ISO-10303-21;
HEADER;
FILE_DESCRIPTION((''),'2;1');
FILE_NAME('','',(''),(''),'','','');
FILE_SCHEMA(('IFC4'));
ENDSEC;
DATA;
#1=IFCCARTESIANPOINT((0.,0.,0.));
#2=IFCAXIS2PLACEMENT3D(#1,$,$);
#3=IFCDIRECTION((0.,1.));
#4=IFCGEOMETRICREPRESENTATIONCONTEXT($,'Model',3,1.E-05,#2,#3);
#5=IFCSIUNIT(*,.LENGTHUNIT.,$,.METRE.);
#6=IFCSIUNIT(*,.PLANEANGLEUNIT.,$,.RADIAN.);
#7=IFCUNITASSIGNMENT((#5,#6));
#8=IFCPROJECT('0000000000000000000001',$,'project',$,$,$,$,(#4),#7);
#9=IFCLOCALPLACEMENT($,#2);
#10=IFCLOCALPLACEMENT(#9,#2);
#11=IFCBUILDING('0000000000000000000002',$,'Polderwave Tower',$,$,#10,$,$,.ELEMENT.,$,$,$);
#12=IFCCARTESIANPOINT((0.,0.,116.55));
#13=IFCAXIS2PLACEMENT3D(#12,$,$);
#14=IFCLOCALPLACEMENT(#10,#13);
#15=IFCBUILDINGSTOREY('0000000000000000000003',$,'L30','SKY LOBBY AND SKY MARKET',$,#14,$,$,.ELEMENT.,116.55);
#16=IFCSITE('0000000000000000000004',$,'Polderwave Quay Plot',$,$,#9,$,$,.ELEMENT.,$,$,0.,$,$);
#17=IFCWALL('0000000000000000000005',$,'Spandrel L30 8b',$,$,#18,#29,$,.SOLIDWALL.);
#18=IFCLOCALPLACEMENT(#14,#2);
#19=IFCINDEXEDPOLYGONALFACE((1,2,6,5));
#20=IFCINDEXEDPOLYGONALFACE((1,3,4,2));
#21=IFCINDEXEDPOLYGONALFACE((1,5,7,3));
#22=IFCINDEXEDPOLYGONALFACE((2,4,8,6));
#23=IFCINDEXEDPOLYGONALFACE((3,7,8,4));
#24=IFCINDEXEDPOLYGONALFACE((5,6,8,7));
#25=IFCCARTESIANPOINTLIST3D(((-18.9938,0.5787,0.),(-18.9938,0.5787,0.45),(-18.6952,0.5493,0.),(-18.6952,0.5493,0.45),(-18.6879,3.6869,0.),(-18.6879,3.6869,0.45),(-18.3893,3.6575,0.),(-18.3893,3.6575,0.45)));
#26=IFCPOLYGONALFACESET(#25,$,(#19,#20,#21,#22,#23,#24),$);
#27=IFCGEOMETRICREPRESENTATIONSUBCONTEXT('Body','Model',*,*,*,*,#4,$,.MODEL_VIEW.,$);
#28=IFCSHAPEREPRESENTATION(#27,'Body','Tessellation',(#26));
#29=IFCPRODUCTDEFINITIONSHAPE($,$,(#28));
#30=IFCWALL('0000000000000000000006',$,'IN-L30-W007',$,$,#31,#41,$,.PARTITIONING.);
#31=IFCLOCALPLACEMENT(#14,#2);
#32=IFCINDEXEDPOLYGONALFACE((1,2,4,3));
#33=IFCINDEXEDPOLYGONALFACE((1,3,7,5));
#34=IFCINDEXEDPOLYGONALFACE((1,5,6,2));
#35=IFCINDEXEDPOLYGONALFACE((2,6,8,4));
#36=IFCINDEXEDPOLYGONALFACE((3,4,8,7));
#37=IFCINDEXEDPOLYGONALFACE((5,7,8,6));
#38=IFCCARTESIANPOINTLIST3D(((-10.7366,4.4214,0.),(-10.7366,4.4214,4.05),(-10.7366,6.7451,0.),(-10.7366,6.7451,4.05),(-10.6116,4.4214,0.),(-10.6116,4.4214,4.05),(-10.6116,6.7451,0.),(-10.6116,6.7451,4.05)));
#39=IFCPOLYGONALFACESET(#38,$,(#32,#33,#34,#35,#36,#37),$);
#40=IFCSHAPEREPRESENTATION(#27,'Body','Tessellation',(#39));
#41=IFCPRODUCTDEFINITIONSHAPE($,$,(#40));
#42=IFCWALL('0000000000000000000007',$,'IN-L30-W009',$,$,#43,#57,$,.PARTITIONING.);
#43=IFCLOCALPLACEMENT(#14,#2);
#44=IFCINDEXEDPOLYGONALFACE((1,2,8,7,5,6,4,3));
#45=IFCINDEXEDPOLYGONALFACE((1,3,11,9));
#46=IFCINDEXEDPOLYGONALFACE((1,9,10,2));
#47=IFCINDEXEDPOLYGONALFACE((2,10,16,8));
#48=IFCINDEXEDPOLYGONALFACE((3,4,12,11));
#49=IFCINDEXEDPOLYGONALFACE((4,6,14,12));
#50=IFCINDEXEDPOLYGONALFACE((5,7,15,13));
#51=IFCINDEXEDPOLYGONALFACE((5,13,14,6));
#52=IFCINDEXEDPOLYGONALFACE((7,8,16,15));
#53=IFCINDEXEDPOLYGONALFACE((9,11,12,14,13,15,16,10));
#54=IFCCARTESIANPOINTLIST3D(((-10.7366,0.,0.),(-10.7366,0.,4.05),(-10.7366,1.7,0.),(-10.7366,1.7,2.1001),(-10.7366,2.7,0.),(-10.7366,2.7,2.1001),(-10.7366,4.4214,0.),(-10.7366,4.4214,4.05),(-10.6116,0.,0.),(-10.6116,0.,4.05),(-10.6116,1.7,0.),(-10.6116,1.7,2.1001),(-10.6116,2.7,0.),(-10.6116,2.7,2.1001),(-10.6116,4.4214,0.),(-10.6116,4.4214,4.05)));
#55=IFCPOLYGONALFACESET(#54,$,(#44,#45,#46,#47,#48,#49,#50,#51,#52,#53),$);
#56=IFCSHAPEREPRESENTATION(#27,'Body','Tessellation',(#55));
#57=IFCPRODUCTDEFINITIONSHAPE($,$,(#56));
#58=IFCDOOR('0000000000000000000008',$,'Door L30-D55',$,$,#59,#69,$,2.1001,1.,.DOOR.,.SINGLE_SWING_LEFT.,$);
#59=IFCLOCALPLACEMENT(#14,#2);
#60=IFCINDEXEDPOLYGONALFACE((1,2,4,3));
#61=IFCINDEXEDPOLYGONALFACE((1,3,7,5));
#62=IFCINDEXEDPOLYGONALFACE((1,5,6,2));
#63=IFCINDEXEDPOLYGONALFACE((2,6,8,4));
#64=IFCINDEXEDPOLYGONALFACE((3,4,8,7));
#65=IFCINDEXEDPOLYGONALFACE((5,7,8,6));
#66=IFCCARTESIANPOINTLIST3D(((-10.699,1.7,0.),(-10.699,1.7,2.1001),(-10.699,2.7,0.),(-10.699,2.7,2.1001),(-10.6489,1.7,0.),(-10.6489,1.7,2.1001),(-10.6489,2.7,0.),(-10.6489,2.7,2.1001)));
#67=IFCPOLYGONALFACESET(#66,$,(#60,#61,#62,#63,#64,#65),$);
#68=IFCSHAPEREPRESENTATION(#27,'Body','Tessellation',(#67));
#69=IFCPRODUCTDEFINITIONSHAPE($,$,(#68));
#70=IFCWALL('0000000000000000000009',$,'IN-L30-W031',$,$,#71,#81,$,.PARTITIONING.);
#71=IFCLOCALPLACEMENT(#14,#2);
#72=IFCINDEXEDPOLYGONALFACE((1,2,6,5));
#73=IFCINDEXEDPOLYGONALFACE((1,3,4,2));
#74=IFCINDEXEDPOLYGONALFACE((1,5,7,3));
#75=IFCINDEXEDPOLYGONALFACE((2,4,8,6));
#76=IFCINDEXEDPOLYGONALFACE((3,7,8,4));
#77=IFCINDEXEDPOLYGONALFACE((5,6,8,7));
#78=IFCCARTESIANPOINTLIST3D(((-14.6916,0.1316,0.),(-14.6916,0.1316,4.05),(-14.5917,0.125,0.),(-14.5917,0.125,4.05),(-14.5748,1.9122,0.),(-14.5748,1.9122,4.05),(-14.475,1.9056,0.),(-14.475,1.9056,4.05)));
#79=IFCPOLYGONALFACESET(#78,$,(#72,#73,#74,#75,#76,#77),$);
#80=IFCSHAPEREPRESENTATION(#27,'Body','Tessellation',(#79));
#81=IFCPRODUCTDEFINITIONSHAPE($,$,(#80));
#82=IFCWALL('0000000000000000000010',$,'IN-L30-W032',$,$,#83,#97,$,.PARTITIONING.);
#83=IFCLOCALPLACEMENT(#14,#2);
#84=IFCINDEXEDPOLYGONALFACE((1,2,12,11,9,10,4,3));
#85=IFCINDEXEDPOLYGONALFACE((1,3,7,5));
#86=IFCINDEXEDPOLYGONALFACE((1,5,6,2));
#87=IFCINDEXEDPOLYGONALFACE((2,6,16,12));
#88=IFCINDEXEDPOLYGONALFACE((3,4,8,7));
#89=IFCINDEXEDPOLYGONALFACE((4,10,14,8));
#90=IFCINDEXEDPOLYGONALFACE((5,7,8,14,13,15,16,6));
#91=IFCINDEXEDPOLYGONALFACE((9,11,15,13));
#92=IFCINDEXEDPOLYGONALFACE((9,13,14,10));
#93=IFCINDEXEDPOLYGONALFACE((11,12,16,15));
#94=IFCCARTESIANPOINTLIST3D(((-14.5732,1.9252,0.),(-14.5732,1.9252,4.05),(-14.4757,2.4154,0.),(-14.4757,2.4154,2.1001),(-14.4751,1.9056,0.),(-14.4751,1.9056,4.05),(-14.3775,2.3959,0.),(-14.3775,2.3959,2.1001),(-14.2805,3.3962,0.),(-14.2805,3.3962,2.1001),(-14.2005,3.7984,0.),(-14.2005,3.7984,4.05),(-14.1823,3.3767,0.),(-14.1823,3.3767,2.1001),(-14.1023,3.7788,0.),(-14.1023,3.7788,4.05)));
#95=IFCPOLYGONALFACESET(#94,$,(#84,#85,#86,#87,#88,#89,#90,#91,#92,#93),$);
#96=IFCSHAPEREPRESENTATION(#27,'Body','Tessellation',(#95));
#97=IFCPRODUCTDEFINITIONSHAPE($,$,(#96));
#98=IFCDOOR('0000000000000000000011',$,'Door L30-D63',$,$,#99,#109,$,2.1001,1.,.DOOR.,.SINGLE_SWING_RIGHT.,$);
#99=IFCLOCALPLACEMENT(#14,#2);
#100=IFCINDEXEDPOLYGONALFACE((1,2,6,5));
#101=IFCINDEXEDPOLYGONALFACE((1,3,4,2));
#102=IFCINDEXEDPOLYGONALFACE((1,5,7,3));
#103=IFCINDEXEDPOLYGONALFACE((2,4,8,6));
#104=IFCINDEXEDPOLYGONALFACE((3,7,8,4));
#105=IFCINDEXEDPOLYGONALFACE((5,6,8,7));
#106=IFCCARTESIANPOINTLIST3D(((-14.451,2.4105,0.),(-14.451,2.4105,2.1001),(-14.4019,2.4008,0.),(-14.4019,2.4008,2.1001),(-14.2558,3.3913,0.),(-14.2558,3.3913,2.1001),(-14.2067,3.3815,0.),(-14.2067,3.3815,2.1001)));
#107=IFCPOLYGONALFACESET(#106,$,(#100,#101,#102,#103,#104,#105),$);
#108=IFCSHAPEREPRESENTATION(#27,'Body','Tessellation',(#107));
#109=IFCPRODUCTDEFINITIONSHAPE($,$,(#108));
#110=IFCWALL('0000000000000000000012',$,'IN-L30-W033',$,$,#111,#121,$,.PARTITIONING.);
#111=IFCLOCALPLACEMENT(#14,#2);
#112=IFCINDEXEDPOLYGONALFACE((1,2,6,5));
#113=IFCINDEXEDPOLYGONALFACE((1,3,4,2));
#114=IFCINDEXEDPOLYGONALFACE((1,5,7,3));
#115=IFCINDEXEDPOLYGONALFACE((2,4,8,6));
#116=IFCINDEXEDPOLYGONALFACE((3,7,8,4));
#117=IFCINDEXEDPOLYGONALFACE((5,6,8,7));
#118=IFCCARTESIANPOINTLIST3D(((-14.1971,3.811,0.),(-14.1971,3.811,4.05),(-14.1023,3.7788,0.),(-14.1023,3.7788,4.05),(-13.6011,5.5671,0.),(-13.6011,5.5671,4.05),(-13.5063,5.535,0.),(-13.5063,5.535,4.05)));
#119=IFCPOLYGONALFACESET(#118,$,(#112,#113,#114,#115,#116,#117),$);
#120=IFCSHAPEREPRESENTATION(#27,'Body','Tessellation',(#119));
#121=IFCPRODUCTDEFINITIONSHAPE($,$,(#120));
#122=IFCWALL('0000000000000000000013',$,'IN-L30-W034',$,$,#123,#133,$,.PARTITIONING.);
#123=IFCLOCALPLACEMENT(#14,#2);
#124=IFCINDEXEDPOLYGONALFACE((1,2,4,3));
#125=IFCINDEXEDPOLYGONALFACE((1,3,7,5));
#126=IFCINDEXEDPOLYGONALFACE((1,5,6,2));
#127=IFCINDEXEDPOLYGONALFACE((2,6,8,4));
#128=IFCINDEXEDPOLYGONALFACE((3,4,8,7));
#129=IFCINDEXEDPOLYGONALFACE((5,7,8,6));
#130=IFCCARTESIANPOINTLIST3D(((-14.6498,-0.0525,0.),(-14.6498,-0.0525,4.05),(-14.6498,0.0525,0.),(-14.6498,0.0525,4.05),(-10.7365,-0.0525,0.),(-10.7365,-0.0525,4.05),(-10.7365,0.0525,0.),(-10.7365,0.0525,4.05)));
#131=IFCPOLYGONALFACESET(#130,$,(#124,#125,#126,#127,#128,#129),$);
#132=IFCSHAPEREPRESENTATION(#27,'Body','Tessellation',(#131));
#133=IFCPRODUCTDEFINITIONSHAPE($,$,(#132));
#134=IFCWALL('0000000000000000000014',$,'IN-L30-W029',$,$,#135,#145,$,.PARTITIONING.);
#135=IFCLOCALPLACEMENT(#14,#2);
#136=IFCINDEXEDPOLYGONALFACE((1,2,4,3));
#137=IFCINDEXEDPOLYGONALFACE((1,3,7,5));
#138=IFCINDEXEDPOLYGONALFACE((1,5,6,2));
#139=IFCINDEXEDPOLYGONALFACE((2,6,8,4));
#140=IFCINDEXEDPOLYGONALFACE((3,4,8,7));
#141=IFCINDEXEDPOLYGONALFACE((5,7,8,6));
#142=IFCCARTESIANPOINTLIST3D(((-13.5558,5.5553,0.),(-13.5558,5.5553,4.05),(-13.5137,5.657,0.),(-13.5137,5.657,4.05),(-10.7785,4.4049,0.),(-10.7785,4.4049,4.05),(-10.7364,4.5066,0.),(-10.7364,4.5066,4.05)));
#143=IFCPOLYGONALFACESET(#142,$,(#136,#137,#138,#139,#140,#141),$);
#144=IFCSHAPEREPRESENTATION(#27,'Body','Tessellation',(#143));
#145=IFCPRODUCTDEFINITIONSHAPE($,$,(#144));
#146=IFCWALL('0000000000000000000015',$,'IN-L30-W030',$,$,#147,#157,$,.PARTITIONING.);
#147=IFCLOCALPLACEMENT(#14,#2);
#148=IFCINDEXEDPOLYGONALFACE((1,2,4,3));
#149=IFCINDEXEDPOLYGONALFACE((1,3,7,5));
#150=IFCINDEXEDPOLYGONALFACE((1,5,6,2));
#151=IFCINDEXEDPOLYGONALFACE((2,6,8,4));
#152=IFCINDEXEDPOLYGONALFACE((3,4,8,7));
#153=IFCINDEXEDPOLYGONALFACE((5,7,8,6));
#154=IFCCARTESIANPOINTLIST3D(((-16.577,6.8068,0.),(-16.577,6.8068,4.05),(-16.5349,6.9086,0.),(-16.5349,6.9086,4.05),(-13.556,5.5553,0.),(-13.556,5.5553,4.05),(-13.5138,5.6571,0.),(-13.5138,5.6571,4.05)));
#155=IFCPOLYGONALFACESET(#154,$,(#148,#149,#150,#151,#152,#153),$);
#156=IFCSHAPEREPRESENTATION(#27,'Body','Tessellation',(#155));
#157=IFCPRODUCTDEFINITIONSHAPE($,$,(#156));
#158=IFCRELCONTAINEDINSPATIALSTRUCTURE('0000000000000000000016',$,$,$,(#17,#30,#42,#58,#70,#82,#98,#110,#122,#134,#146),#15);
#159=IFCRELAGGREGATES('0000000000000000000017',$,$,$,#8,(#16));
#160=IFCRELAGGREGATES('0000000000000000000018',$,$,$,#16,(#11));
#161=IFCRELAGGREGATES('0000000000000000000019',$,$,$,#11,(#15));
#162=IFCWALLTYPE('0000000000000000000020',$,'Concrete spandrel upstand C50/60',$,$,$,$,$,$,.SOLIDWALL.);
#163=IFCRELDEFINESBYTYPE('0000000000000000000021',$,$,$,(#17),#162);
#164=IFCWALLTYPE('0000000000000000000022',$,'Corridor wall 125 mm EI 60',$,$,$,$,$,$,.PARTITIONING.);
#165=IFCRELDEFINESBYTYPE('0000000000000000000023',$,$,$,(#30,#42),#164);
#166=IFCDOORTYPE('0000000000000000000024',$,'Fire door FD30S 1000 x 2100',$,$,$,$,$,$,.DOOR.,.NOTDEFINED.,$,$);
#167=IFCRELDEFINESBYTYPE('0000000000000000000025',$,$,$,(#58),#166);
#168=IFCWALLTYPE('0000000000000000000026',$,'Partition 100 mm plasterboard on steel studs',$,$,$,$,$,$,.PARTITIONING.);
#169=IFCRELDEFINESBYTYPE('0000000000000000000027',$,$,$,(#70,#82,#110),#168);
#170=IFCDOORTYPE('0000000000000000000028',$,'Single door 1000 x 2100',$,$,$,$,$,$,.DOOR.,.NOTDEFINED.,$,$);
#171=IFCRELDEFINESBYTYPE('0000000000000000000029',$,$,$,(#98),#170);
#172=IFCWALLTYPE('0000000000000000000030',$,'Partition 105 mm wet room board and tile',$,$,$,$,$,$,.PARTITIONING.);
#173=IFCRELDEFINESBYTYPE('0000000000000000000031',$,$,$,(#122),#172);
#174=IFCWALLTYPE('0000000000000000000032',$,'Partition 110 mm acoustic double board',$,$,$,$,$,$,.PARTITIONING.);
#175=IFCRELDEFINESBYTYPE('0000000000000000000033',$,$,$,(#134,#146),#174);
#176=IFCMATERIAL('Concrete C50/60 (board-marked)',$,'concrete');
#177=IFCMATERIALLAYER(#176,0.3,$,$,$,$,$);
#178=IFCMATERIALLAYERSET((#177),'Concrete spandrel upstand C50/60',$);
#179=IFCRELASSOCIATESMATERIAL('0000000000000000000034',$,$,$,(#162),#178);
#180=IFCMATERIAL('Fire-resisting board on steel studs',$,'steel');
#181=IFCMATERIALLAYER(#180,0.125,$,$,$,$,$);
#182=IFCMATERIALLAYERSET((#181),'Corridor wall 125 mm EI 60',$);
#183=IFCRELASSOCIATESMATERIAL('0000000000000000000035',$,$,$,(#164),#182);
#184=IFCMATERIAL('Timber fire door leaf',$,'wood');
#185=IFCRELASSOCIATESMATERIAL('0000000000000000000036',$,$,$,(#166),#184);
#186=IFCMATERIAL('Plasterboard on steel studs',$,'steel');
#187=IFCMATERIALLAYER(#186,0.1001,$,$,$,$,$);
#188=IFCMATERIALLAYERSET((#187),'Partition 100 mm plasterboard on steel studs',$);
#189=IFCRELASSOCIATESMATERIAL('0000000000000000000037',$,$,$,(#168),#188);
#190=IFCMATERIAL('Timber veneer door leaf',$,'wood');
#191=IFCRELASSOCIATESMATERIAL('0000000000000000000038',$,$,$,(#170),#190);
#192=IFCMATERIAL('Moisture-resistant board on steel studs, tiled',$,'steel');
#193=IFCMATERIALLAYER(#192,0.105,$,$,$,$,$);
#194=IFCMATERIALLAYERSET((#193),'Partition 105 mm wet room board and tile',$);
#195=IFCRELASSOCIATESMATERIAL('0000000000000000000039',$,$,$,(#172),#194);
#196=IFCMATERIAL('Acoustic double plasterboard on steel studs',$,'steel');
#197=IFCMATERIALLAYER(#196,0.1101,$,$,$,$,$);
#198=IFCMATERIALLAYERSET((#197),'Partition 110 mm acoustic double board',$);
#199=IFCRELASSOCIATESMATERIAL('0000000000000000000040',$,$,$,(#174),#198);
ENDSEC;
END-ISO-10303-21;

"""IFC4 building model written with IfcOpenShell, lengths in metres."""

from ifc_helpers import new_model, si_unit, direction, frame, frame_2d, origin, place, context, subcontext, project, spatial, rectangle, extrude, material, layer, layer_set, type_object, element, fill, save


model = new_model("IFC4")

# Units and contexts
model_context = context("Model", 3, precision=1e-05, world=origin(), true_north=direction((0.0, 1.0)))
body_context = subcontext(model_context, "Body", "Model", "MODEL_VIEW")
ifc_project = project(units=[si_unit("LENGTHUNIT", "METRE"), si_unit("PLANEANGLEUNIT", "RADIAN")], contexts=[model_context])

# Site, building, storey
site_placement = place(None, origin())
site = spatial("IfcSite", under=ifc_project, at=site_placement, Name="Polderwave Quay Plot", CompositionType="ELEMENT", RefElevation=0.0)
building_placement = place(site_placement, origin())
building = spatial("IfcBuilding", under=site, at=building_placement, Name="Polderwave Tower", CompositionType="ELEMENT")
storey_placement = place(building_placement, frame((0.0, 0.0, 116.55)))
storey = spatial("IfcBuildingStorey", under=building, at=storey_placement, Name="L30", Description="SKY LOBBY AND SKY MARKET", CompositionType="ELEMENT", Elevation=116.55)

# Walls
ifc_material_1 = material(Name="Concrete C50/60 (board-marked)", Category="concrete")
ifc_layer_1 = layer(ifc_material_1, 0.3)
ifc_layer_set_1 = layer_set([ifc_layer_1], Name="Concrete spandrel upstand C50/60")
wall_type_1 = type_object("IfcWallType", Name="Concrete spandrel upstand C50/60", PredefinedType="SOLIDWALL", material=ifc_layer_set_1)
wall_1_placement = place(storey_placement, frame((-18.5386, 3.6721, 0.0), z_axis=(0.0, 0.0, 1.0), x_axis=(-0.097948, -0.995192, 0.0)))
element("IfcWall", 1, at=wall_1_placement, inside=storey, type_object=wall_type_1, Name="Spandrel L30 8b", PredefinedType="SOLIDWALL", context=body_context, shape_type="SweptSolid", body=[
    extrude(rectangle(XDim=3.1233, YDim=0.3, at=frame_2d((1.5615, 0.0))), origin(), (0.0, 0.0, 1.0), 0.45),
])
ifc_material_2 = material(Name="Fire-resisting board on steel studs", Category="steel")
ifc_layer_2 = layer(ifc_material_2, 0.125)
ifc_layer_set_2 = layer_set([ifc_layer_2], Name="Corridor wall 125 mm EI 60")
wall_type_2 = type_object("IfcWallType", Name="Corridor wall 125 mm EI 60", PredefinedType="PARTITIONING", material=ifc_layer_set_2)
wall_2_placement = place(storey_placement, frame((-10.6741, 4.4214, 0.0), z_axis=(0.0, 0.0, 1.0), x_axis=(0.0, 1.0, 0.0)))
element("IfcWall", 2, at=wall_2_placement, inside=storey, type_object=wall_type_2, Name="IN-L30-W007", PredefinedType="PARTITIONING", context=body_context, shape_type="SweptSolid", body=[
    extrude(rectangle(XDim=2.3237, YDim=0.125, at=frame_2d((1.1619, 0.0))), origin(), (0.0, 0.0, 1.0), 4.05),
])

# Wall, opening, door
wall_3_placement = place(storey_placement, frame((-10.6741, 0.0, 0.0), z_axis=(0.0, 0.0, 1.0), x_axis=(0.0, 1.0, 0.0)))
wall_3 = element("IfcWall", 3, at=wall_3_placement, inside=storey, type_object=wall_type_2, Name="IN-L30-W009", PredefinedType="PARTITIONING", context=body_context, shape_type="SweptSolid", body=[
    extrude(rectangle(XDim=4.4214, YDim=0.125, at=frame_2d((2.2107, 0.0))), origin(), (0.0, 0.0, 1.0), 4.05),
])
opening_1_placement = place(wall_3_placement, frame((1.7, 0.0, 0.0)))
opening_1 = element("IfcOpeningElement", 4, at=opening_1_placement, cuts=wall_3, PredefinedType="OPENING", context=body_context, shape_type="SweptSolid", body=[
    extrude(rectangle(XDim=1.0, YDim=2.1001, at=frame_2d((0.5, 1.05))), frame((0.0, 0.0725, 0.0), z_axis=(0.0, -1.0, 0.0), x_axis=(1.0, 0.0, 0.0)), (0.0, 0.0, 1.0), 0.145),
])
ifc_material_3 = material(Name="Timber fire door leaf", Category="wood")
door_type_1 = type_object("IfcDoorType", Name="Fire door FD30S 1000 x 2100", OperationType="NOTDEFINED", PredefinedType="DOOR", material=ifc_material_3)
door_1_placement = place(opening_1_placement, origin())
door_1 = element("IfcDoor", 5, at=door_1_placement, inside=storey, type_object=door_type_1, Name="Door L30-D55", OperationType="SINGLE_SWING_LEFT", OverallHeight=2.1001, OverallWidth=1.0, PredefinedType="DOOR", context=body_context, shape_type="SweptSolid", body=[
    extrude(rectangle(XDim=1.0, YDim=2.1001, at=frame_2d((0.5, 1.05))), frame((0.0, 0.0249, 0.0), z_axis=(0.0, -1.0, 0.0), x_axis=(1.0, 0.0, 0.0)), (0.0, 0.0, 1.0), 0.05),
])
fill(opening_1, door_1)

# Wall
ifc_material_4 = material(Name="Plasterboard on steel studs", Category="steel")
ifc_layer_3 = layer(ifc_material_4, 0.1001)
ifc_layer_set_3 = layer_set([ifc_layer_3], Name="Partition 100 mm plasterboard on steel studs")
wall_type_3 = type_object("IfcWallType", Name="Partition 100 mm plasterboard on steel studs", PredefinedType="PARTITIONING", material=ifc_layer_set_3)
wall_4_placement = place(storey_placement, frame((-14.6416, 0.1284, 0.0), z_axis=(0.0, 0.0, 1.0), x_axis=(0.065402, 0.997859, 0.0)))
element("IfcWall", 6, at=wall_4_placement, inside=storey, type_object=wall_type_3, Name="IN-L30-W031", PredefinedType="PARTITIONING", context=body_context, shape_type="SweptSolid", body=[
    extrude(rectangle(XDim=1.7844, YDim=0.1001, at=frame_2d((0.8921, 0.0))), origin(), (0.0, 0.0, 1.0), 4.05),
])

# Wall, opening, door
wall_5_placement = place(storey_placement, frame((-14.5242, 1.9153, 0.0), z_axis=(0.0, 0.0, 1.0), x_axis=(0.195182, 0.980767, 0.0)))
wall_5 = element("IfcWall", 7, at=wall_5_placement, inside=storey, type_object=wall_type_3, Name="IN-L30-W032", PredefinedType="PARTITIONING", context=body_context, shape_type="SweptSolid", body=[
    extrude(rectangle(XDim=1.9099, YDim=0.1001, at=frame_2d((0.9551, 0.0))), origin(), (0.0, 0.0, 1.0), 4.05),
])
opening_2_placement = place(wall_5_placement, frame((0.5, 0.0, 0.0)))
opening_2 = element("IfcOpeningElement", 8, at=opening_2_placement, cuts=wall_5, PredefinedType="OPENING", context=body_context, shape_type="SweptSolid", body=[
    extrude(rectangle(XDim=1.0, YDim=2.1001, at=frame_2d((0.5, 1.05))), frame((0.0, 0.0601, 0.0), z_axis=(0.0, -1.0, 0.0), x_axis=(1.0, 0.0, 0.0)), (0.0, 0.0, 1.0), 0.1201),
])
ifc_material_5 = material(Name="Timber veneer door leaf", Category="wood")
door_type_2 = type_object("IfcDoorType", Name="Single door 1000 x 2100", OperationType="NOTDEFINED", PredefinedType="DOOR", material=ifc_material_5)
door_2_placement = place(opening_2_placement, origin())
door_2 = element("IfcDoor", 9, at=door_2_placement, inside=storey, type_object=door_type_2, Name="Door L30-D63", OperationType="SINGLE_SWING_RIGHT", OverallHeight=2.1001, OverallWidth=1.0, PredefinedType="DOOR", context=body_context, shape_type="SweptSolid", body=[
    extrude(rectangle(XDim=1.0, YDim=2.1001, at=frame_2d((0.5, 1.05))), frame((0.0, 0.0249, 0.0), z_axis=(0.0, -1.0, 0.0), x_axis=(1.0, 0.0, 0.0)), (0.0, 0.0, 1.0), 0.05),
])
fill(opening_2, door_2)

# Walls
wall_6_placement = place(storey_placement, frame((-14.1497, 3.7949, 0.0), z_axis=(0.0, 0.0, 1.0), x_axis=(0.321357, 0.946958, 0.0)))
element("IfcWall", 10, at=wall_6_placement, inside=storey, type_object=wall_type_3, Name="IN-L30-W033", PredefinedType="PARTITIONING", context=body_context, shape_type="SweptSolid", body=[
    extrude(rectangle(XDim=1.8545, YDim=0.1001, at=frame_2d((0.9272, 0.0))), origin(), (0.0, 0.0, 1.0), 4.05),
])
ifc_material_6 = material(Name="Moisture-resistant board on steel studs, tiled", Category="steel")
ifc_layer_4 = layer(ifc_material_6, 0.105)
ifc_layer_set_4 = layer_set([ifc_layer_4], Name="Partition 105 mm wet room board and tile")
wall_type_4 = type_object("IfcWallType", Name="Partition 105 mm wet room board and tile", PredefinedType="PARTITIONING", material=ifc_layer_set_4)
wall_7_placement = place(storey_placement, frame((-10.7366, 0.0, 0.0), z_axis=(0.0, 0.0, 1.0), x_axis=(-1.0, 0.0, 0.0)))
element("IfcWall", 11, at=wall_7_placement, inside=storey, type_object=wall_type_4, Name="IN-L30-W034", PredefinedType="PARTITIONING", context=body_context, shape_type="SweptSolid", body=[
    extrude(rectangle(XDim=3.9133, YDim=0.105, at=frame_2d((1.9565, 0.0))), origin(), (0.0, 0.0, 1.0), 4.05),
])
ifc_material_7 = material(Name="Acoustic double plasterboard on steel studs", Category="steel")
ifc_layer_5 = layer(ifc_material_7, 0.1101)
ifc_layer_set_5 = layer_set([ifc_layer_5], Name="Partition 110 mm acoustic double board")
wall_type_5 = type_object("IfcWallType", Name="Partition 110 mm acoustic double board", PredefinedType="PARTITIONING", material=ifc_layer_set_5)
wall_8_placement = place(storey_placement, frame((-10.7576, 4.4558, 0.0), z_axis=(0.0, 0.0, 1.0), x_axis=(-0.923882, 0.382677, 0.0)))
element("IfcWall", 12, at=wall_8_placement, inside=storey, type_object=wall_type_5, Name="IN-L30-W029", PredefinedType="PARTITIONING", context=body_context, shape_type="SweptSolid", body=[
    extrude(rectangle(XDim=3.0061, YDim=0.1101, at=frame_2d((1.5029, 0.0))), origin(), (0.0, 0.0, 1.0), 4.05),
])
wall_9_placement = place(storey_placement, frame((-13.5349, 5.6062, 0.0), z_axis=(0.0, 0.0, 1.0), x_axis=(-0.923866, 0.382717, 0.0)))
element("IfcWall", 13, at=wall_9_placement, inside=storey, type_object=wall_type_5, Name="IN-L30-W030", PredefinedType="PARTITIONING", context=body_context, shape_type="SweptSolid", body=[
    extrude(rectangle(XDim=3.27, YDim=0.1101, at=frame_2d((1.635, 0.0))), origin(), (0.0, 0.0, 1.0), 4.05),
])

save(model, "model.ifc")
